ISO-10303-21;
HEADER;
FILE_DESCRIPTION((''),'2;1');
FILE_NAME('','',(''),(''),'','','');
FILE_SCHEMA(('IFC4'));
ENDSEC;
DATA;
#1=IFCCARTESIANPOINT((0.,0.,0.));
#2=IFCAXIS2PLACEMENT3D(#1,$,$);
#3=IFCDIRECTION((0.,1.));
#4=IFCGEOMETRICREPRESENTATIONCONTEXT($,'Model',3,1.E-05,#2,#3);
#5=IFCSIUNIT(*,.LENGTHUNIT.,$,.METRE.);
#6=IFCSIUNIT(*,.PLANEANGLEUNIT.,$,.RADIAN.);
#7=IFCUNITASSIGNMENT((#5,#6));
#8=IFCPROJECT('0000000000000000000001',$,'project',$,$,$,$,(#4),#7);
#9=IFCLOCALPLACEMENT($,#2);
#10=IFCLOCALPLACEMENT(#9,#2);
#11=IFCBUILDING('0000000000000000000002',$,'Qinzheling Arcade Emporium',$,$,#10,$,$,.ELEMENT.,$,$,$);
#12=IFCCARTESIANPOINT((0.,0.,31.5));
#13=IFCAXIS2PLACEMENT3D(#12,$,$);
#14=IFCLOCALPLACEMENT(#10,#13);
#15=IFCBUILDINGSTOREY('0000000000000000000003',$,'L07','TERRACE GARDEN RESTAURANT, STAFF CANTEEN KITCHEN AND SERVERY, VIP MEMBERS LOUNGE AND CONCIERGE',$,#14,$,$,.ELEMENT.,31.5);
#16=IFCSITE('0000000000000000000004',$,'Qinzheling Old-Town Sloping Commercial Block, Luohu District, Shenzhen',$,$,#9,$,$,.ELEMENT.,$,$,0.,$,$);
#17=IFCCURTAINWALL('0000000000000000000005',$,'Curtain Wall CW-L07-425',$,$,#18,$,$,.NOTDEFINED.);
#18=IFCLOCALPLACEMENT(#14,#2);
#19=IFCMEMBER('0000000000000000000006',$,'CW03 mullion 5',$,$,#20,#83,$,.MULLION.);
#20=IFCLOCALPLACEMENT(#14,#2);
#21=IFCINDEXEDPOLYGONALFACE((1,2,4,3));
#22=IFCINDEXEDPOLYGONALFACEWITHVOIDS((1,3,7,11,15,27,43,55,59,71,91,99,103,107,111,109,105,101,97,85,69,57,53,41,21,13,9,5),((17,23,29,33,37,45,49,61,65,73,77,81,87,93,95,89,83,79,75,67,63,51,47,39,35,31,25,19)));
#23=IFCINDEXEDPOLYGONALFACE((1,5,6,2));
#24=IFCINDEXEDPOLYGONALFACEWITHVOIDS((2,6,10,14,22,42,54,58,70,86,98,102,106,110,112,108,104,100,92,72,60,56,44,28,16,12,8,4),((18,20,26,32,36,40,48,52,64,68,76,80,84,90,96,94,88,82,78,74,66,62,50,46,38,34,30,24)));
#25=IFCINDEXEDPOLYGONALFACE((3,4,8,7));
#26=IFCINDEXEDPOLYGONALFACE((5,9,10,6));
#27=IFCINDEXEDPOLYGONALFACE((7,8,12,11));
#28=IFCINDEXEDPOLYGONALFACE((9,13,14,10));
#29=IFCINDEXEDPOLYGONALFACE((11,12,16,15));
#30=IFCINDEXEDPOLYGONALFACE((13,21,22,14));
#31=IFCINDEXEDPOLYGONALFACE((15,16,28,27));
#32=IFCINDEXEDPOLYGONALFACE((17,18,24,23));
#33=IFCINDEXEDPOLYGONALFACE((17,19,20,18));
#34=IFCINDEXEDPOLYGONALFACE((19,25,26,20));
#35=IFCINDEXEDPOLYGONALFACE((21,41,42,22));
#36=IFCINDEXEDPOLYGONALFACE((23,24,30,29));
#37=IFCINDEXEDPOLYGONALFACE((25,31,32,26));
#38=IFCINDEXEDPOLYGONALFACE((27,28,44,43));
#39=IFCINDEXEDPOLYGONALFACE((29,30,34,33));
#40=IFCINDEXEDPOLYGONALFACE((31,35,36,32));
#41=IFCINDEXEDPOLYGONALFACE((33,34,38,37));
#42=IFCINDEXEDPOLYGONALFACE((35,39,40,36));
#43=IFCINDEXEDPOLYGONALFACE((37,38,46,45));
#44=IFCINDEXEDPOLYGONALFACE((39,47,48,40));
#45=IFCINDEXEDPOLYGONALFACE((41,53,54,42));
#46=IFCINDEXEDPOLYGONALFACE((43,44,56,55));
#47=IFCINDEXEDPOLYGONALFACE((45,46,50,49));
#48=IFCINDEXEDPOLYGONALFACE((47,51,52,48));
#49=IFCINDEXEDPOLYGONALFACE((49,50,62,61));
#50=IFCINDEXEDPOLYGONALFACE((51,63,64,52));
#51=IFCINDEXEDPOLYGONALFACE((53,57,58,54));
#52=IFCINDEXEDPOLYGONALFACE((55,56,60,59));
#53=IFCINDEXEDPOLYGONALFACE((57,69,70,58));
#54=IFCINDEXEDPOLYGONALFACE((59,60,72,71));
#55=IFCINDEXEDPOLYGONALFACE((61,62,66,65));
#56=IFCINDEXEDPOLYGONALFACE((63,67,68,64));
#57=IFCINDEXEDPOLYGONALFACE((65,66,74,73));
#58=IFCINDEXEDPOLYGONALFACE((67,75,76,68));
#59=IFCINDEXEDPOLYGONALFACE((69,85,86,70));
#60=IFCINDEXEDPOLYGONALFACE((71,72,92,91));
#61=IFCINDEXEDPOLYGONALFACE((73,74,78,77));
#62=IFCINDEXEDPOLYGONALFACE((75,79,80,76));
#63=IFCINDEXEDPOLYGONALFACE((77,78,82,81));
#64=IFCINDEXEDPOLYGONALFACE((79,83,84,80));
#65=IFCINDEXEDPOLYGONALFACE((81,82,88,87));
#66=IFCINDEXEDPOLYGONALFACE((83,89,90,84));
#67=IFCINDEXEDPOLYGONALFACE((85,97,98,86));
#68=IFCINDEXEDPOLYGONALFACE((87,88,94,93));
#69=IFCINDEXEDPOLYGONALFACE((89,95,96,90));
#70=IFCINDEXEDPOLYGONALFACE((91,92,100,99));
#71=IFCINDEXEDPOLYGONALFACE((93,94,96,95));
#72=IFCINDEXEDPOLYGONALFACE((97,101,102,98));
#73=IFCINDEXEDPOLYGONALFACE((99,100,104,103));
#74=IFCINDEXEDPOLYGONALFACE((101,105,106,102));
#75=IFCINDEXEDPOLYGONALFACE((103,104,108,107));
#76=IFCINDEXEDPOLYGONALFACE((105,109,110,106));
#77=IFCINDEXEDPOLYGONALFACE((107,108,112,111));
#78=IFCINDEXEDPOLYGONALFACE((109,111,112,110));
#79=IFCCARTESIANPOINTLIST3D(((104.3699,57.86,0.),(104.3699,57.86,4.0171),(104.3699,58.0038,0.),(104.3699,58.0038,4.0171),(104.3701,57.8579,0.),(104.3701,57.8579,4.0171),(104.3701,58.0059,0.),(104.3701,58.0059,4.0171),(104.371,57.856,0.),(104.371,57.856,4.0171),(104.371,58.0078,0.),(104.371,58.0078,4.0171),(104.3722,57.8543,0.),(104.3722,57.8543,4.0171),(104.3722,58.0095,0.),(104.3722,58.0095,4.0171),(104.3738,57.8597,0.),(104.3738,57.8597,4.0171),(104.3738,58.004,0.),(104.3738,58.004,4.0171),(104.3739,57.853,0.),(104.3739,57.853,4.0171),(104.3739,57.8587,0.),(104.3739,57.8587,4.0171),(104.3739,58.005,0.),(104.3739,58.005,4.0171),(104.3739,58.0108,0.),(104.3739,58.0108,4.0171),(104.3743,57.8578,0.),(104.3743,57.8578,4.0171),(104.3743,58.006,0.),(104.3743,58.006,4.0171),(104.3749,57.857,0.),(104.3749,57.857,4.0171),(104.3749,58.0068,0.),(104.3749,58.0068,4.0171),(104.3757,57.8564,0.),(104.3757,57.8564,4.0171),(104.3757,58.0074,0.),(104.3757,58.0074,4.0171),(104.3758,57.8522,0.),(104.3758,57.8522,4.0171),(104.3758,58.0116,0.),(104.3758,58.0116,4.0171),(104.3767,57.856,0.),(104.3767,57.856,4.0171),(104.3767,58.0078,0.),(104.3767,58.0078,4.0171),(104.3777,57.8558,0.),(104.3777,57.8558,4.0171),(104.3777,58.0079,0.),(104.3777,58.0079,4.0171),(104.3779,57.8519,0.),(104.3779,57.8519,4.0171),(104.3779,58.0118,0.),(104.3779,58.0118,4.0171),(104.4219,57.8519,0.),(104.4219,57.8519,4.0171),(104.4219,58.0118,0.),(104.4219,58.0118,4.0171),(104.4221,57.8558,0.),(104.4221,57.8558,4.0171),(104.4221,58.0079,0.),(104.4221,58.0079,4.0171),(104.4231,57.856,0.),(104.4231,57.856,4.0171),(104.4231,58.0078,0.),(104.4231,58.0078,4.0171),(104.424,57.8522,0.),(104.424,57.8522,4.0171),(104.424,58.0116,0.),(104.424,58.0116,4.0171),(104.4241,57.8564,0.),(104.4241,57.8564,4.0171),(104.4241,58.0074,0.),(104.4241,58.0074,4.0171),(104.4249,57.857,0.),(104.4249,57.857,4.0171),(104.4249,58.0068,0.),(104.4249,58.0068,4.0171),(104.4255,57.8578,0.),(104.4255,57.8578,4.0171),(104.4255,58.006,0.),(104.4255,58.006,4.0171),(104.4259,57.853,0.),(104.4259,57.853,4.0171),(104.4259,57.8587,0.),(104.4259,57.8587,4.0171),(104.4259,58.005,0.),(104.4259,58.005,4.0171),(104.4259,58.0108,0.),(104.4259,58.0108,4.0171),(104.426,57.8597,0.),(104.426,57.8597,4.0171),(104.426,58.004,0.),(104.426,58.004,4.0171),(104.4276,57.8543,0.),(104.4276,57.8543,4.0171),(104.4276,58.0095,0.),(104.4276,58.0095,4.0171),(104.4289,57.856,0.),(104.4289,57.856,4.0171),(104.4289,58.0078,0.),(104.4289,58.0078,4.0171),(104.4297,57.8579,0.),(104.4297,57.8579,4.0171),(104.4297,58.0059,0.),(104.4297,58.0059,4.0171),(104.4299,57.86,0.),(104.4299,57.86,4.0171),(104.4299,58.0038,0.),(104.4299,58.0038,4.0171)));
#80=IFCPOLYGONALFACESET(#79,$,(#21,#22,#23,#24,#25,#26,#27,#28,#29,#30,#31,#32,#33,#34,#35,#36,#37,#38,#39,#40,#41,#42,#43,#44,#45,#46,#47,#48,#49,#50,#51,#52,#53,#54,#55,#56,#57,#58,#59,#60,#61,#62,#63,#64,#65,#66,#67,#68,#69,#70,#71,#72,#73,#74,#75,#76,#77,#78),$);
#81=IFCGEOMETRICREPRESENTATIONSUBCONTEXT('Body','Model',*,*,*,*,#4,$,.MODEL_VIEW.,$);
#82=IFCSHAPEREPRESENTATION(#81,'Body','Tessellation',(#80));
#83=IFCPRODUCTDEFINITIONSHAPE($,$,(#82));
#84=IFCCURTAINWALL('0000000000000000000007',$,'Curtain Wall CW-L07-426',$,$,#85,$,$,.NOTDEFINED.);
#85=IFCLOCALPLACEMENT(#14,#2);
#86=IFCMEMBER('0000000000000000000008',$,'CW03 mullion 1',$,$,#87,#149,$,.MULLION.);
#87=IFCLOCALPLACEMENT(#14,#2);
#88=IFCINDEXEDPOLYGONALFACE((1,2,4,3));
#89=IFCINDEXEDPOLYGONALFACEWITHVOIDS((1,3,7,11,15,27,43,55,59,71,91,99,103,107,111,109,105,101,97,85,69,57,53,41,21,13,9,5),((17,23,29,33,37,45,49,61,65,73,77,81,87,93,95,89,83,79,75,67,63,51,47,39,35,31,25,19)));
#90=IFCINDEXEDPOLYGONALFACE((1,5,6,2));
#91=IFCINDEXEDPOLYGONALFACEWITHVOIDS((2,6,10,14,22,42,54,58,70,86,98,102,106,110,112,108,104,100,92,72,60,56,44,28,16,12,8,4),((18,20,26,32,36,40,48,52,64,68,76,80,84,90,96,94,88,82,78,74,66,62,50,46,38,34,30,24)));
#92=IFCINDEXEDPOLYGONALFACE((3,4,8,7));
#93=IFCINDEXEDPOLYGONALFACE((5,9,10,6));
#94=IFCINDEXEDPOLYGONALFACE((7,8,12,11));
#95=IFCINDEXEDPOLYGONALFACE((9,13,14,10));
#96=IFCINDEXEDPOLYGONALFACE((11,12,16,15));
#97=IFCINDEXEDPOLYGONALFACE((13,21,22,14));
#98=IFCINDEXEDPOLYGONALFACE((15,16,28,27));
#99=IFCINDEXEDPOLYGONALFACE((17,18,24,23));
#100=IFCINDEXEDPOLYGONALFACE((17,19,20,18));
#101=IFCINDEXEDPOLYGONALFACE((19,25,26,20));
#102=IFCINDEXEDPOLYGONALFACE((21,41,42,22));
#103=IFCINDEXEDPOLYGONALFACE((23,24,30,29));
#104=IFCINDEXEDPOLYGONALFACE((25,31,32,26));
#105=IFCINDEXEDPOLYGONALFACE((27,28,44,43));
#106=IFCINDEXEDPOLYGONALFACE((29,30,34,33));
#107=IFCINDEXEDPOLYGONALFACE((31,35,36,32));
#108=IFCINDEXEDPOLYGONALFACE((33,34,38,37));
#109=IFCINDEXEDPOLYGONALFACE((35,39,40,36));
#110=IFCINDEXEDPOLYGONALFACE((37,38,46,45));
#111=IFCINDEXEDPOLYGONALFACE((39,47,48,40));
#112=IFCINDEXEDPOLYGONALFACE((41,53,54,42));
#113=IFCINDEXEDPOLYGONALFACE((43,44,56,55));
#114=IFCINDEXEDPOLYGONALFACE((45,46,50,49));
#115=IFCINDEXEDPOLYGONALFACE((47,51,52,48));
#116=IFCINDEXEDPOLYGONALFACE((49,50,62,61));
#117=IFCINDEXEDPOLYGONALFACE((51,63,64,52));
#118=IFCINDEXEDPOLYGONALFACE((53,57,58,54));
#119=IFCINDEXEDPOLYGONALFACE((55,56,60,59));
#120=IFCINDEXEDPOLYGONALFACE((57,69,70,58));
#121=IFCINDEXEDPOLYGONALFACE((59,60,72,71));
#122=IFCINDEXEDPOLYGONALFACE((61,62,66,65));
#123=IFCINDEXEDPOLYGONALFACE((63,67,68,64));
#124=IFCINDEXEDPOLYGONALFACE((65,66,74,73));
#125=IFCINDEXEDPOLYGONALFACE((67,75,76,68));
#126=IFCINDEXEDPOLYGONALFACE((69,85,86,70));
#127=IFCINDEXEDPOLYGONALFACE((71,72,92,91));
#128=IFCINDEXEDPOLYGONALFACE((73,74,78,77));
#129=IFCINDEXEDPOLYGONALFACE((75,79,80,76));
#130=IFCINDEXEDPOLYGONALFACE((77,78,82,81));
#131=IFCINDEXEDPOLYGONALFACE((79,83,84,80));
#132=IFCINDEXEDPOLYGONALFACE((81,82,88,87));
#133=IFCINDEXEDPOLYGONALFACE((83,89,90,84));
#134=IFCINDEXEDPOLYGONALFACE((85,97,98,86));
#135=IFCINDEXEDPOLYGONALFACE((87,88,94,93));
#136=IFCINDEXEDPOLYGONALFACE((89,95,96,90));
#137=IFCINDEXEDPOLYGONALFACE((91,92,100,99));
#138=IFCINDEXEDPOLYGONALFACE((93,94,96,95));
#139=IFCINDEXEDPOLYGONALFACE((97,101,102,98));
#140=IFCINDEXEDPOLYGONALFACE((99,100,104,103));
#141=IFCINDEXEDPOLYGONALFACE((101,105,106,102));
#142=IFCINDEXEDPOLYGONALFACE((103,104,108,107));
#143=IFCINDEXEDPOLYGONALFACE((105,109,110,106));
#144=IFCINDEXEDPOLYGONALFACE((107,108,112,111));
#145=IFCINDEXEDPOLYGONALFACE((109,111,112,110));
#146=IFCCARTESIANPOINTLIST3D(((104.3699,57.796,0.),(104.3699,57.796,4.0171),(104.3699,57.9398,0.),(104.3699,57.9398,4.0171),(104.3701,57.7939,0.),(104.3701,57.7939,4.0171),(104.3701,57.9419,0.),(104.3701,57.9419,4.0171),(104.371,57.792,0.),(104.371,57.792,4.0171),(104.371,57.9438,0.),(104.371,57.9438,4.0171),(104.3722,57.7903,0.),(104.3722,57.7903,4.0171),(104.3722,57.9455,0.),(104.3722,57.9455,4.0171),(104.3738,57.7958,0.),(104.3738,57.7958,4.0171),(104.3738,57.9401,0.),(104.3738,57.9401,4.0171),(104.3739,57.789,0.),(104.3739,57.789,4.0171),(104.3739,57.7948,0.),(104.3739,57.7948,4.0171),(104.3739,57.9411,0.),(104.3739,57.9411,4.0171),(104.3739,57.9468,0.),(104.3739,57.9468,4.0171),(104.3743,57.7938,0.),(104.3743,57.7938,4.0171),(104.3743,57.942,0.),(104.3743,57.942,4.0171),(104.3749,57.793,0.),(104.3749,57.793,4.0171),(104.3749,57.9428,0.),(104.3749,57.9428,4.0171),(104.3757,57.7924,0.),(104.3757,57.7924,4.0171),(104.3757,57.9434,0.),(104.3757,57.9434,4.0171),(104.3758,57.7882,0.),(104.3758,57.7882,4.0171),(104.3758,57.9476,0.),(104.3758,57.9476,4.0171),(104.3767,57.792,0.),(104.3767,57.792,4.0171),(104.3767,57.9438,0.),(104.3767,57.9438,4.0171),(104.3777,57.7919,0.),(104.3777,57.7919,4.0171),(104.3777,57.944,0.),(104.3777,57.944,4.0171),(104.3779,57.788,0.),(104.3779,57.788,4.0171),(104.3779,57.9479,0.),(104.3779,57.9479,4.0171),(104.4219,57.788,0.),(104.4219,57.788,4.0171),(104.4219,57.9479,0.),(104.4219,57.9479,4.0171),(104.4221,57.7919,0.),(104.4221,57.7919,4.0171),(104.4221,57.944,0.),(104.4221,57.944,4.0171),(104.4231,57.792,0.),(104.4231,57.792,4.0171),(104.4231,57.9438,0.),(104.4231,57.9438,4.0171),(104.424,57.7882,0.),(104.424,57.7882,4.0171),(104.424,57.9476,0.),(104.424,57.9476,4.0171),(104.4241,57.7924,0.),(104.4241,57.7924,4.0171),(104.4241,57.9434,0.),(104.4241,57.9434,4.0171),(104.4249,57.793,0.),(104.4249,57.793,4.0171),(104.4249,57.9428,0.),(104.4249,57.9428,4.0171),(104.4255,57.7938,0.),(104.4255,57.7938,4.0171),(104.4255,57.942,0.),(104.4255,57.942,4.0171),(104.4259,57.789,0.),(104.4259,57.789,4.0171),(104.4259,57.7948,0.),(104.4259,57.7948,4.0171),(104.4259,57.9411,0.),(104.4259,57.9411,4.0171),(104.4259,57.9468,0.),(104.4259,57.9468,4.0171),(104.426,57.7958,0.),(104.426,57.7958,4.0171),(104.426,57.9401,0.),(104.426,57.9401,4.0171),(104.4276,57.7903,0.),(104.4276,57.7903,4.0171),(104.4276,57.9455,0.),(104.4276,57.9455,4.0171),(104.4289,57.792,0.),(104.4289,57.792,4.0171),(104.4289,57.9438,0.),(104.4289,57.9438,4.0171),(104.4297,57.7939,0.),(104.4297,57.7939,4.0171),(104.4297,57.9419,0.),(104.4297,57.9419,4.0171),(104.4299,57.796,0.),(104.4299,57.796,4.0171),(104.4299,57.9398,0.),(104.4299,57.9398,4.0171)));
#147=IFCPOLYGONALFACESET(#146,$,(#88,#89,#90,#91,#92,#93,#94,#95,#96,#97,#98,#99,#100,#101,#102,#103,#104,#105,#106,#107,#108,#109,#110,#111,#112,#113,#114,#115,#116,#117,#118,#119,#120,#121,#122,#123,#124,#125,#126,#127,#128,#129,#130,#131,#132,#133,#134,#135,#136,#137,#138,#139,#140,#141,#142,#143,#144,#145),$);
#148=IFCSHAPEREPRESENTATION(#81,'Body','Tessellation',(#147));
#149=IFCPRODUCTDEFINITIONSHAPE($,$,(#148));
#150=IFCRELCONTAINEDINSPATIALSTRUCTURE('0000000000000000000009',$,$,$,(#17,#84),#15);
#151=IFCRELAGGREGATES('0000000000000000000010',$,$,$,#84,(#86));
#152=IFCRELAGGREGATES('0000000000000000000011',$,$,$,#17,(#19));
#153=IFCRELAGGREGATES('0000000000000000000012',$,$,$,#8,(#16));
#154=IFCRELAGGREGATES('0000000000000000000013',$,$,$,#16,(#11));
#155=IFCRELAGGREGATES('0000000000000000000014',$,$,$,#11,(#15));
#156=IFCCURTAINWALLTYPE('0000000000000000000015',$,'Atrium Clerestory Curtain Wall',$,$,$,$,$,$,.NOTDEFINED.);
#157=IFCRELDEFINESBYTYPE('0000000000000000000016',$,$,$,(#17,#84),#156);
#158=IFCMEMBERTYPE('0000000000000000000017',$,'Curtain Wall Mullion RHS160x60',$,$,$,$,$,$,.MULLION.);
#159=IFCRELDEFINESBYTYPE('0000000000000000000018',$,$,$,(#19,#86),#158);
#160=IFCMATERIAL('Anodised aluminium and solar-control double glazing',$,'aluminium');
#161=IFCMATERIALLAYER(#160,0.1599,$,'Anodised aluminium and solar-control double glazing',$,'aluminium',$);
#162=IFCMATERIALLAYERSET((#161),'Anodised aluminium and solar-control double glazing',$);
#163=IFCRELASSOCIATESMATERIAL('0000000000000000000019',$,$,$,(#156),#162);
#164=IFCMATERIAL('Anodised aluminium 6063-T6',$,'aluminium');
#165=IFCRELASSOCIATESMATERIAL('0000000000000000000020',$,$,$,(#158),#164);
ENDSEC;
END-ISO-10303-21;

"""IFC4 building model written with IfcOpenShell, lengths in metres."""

from ifc_helpers import new_model, si_unit, direction, frame, origin, origin_2d, place, context, subcontext, project, spatial, hollow_rectangle, extrude, material, layer, layer_set, material_profile, profile_set, type_object, element, aggregate, save


model = new_model("IFC4")

# Units and contexts
model_context = context("Model", 3, precision=1e-05, world=origin(), true_north=direction((0.0, 1.0)))
body_context = subcontext(model_context, "Body", "Model", "MODEL_VIEW")
ifc_project = project(units=[si_unit("LENGTHUNIT", "METRE"), si_unit("PLANEANGLEUNIT", "RADIAN")], contexts=[model_context])

# Site, building, storey
site_placement = place(None, origin())
site = spatial("IfcSite", under=ifc_project, at=site_placement, Name="Qinzheling Old-Town Sloping Commercial Block, Luohu District, Shenzhen", CompositionType="ELEMENT", RefElevation=0.0)
building_placement = place(site_placement, origin())
building = spatial("IfcBuilding", under=site, at=building_placement, Name="Qinzheling Arcade Emporium", CompositionType="ELEMENT")
storey_placement = place(building_placement, frame((0.0, 0.0, 31.5)))
storey = spatial("IfcBuildingStorey", under=building, at=storey_placement, Name="L07", Description="TERRACE GARDEN RESTAURANT, STAFF CANTEEN KITCHEN AND SERVERY, VIP MEMBERS LOUNGE AND CONCIERGE", CompositionType="ELEMENT", Elevation=31.5)

# Curtain wall, member
ifc_material_1 = material(Name="Anodised aluminium and solar-control double glazing", Category="aluminium")
ifc_layer_1 = layer(ifc_material_1, 0.1599, Name="Anodised aluminium and solar-control double glazing", Category="aluminium")
ifc_layer_set_1 = layer_set([ifc_layer_1], Name="Anodised aluminium and solar-control double glazing")
curtain_wall_type = type_object("IfcCurtainWallType", Name="Atrium Clerestory Curtain Wall", PredefinedType="NOTDEFINED", material=ifc_layer_set_1)
curtain_wall_1_placement = place(storey_placement, origin())
curtain_wall_1 = element("IfcCurtainWall", 1, at=curtain_wall_1_placement, inside=storey, type_object=curtain_wall_type, Name="Curtain Wall CW-L07-425", PredefinedType="NOTDEFINED")
ifc_material_2 = material(Name="Anodised aluminium 6063-T6", Category="aluminium")
ifc_material_profile_1 = material_profile(ifc_material_2, hollow_rectangle(XDim=0.0601, YDim=0.1599, WallThickness=0.0039, InnerFilletRadius=0.0039, OuterFilletRadius=0.0081, at=origin_2d()), Name="RHS 160x60x4", Category="aluminium")
ifc_profile_set_1 = profile_set([ifc_material_profile_1], Name="Anodised aluminium 6063-T6")
member_type_1 = type_object("IfcMemberType", Name="Curtain Wall Mullion RHS160x60", PredefinedType="MULLION", material=ifc_profile_set_1)
member_1_placement = place(storey_placement, frame((104.3999, 57.9319, 0.0), z_axis=(0.0, 0.0, 1.0), x_axis=(1.0, 0.0, 0.0)))
member_1 = element("IfcMember", 2, at=member_1_placement, type_object=member_type_1, Name="CW03 mullion 5", PredefinedType="MULLION", context=body_context, shape_type="SweptSolid", body=[
    extrude(hollow_rectangle(XDim=0.0601, YDim=0.1599, WallThickness=0.0039, InnerFilletRadius=0.0039, OuterFilletRadius=0.0081, at=origin_2d()), origin(), (0.0, 0.0, 1.0), 4.0171),
])

# Curtain wall, member
curtain_wall_2_placement = place(storey_placement, origin())
curtain_wall_2 = element("IfcCurtainWall", 3, at=curtain_wall_2_placement, inside=storey, type_object=curtain_wall_type, Name="Curtain Wall CW-L07-426", PredefinedType="NOTDEFINED")
member_2_placement = place(storey_placement, frame((104.3999, 57.8679, 0.0), z_axis=(0.0, 0.0, 1.0), x_axis=(1.0, 0.0, 0.0)))
member_2 = element("IfcMember", 4, at=member_2_placement, type_object=member_type_1, Name="CW03 mullion 1", PredefinedType="MULLION", context=body_context, shape_type="SweptSolid", body=[
    extrude(hollow_rectangle(XDim=0.0601, YDim=0.1599, WallThickness=0.0039, InnerFilletRadius=0.0039, OuterFilletRadius=0.0081, at=origin_2d()), origin(), (0.0, 0.0, 1.0), 4.0171),
])

aggregate(curtain_wall_2, [member_2])

aggregate(curtain_wall_1, [member_1])

save(model, "model.ifc")
